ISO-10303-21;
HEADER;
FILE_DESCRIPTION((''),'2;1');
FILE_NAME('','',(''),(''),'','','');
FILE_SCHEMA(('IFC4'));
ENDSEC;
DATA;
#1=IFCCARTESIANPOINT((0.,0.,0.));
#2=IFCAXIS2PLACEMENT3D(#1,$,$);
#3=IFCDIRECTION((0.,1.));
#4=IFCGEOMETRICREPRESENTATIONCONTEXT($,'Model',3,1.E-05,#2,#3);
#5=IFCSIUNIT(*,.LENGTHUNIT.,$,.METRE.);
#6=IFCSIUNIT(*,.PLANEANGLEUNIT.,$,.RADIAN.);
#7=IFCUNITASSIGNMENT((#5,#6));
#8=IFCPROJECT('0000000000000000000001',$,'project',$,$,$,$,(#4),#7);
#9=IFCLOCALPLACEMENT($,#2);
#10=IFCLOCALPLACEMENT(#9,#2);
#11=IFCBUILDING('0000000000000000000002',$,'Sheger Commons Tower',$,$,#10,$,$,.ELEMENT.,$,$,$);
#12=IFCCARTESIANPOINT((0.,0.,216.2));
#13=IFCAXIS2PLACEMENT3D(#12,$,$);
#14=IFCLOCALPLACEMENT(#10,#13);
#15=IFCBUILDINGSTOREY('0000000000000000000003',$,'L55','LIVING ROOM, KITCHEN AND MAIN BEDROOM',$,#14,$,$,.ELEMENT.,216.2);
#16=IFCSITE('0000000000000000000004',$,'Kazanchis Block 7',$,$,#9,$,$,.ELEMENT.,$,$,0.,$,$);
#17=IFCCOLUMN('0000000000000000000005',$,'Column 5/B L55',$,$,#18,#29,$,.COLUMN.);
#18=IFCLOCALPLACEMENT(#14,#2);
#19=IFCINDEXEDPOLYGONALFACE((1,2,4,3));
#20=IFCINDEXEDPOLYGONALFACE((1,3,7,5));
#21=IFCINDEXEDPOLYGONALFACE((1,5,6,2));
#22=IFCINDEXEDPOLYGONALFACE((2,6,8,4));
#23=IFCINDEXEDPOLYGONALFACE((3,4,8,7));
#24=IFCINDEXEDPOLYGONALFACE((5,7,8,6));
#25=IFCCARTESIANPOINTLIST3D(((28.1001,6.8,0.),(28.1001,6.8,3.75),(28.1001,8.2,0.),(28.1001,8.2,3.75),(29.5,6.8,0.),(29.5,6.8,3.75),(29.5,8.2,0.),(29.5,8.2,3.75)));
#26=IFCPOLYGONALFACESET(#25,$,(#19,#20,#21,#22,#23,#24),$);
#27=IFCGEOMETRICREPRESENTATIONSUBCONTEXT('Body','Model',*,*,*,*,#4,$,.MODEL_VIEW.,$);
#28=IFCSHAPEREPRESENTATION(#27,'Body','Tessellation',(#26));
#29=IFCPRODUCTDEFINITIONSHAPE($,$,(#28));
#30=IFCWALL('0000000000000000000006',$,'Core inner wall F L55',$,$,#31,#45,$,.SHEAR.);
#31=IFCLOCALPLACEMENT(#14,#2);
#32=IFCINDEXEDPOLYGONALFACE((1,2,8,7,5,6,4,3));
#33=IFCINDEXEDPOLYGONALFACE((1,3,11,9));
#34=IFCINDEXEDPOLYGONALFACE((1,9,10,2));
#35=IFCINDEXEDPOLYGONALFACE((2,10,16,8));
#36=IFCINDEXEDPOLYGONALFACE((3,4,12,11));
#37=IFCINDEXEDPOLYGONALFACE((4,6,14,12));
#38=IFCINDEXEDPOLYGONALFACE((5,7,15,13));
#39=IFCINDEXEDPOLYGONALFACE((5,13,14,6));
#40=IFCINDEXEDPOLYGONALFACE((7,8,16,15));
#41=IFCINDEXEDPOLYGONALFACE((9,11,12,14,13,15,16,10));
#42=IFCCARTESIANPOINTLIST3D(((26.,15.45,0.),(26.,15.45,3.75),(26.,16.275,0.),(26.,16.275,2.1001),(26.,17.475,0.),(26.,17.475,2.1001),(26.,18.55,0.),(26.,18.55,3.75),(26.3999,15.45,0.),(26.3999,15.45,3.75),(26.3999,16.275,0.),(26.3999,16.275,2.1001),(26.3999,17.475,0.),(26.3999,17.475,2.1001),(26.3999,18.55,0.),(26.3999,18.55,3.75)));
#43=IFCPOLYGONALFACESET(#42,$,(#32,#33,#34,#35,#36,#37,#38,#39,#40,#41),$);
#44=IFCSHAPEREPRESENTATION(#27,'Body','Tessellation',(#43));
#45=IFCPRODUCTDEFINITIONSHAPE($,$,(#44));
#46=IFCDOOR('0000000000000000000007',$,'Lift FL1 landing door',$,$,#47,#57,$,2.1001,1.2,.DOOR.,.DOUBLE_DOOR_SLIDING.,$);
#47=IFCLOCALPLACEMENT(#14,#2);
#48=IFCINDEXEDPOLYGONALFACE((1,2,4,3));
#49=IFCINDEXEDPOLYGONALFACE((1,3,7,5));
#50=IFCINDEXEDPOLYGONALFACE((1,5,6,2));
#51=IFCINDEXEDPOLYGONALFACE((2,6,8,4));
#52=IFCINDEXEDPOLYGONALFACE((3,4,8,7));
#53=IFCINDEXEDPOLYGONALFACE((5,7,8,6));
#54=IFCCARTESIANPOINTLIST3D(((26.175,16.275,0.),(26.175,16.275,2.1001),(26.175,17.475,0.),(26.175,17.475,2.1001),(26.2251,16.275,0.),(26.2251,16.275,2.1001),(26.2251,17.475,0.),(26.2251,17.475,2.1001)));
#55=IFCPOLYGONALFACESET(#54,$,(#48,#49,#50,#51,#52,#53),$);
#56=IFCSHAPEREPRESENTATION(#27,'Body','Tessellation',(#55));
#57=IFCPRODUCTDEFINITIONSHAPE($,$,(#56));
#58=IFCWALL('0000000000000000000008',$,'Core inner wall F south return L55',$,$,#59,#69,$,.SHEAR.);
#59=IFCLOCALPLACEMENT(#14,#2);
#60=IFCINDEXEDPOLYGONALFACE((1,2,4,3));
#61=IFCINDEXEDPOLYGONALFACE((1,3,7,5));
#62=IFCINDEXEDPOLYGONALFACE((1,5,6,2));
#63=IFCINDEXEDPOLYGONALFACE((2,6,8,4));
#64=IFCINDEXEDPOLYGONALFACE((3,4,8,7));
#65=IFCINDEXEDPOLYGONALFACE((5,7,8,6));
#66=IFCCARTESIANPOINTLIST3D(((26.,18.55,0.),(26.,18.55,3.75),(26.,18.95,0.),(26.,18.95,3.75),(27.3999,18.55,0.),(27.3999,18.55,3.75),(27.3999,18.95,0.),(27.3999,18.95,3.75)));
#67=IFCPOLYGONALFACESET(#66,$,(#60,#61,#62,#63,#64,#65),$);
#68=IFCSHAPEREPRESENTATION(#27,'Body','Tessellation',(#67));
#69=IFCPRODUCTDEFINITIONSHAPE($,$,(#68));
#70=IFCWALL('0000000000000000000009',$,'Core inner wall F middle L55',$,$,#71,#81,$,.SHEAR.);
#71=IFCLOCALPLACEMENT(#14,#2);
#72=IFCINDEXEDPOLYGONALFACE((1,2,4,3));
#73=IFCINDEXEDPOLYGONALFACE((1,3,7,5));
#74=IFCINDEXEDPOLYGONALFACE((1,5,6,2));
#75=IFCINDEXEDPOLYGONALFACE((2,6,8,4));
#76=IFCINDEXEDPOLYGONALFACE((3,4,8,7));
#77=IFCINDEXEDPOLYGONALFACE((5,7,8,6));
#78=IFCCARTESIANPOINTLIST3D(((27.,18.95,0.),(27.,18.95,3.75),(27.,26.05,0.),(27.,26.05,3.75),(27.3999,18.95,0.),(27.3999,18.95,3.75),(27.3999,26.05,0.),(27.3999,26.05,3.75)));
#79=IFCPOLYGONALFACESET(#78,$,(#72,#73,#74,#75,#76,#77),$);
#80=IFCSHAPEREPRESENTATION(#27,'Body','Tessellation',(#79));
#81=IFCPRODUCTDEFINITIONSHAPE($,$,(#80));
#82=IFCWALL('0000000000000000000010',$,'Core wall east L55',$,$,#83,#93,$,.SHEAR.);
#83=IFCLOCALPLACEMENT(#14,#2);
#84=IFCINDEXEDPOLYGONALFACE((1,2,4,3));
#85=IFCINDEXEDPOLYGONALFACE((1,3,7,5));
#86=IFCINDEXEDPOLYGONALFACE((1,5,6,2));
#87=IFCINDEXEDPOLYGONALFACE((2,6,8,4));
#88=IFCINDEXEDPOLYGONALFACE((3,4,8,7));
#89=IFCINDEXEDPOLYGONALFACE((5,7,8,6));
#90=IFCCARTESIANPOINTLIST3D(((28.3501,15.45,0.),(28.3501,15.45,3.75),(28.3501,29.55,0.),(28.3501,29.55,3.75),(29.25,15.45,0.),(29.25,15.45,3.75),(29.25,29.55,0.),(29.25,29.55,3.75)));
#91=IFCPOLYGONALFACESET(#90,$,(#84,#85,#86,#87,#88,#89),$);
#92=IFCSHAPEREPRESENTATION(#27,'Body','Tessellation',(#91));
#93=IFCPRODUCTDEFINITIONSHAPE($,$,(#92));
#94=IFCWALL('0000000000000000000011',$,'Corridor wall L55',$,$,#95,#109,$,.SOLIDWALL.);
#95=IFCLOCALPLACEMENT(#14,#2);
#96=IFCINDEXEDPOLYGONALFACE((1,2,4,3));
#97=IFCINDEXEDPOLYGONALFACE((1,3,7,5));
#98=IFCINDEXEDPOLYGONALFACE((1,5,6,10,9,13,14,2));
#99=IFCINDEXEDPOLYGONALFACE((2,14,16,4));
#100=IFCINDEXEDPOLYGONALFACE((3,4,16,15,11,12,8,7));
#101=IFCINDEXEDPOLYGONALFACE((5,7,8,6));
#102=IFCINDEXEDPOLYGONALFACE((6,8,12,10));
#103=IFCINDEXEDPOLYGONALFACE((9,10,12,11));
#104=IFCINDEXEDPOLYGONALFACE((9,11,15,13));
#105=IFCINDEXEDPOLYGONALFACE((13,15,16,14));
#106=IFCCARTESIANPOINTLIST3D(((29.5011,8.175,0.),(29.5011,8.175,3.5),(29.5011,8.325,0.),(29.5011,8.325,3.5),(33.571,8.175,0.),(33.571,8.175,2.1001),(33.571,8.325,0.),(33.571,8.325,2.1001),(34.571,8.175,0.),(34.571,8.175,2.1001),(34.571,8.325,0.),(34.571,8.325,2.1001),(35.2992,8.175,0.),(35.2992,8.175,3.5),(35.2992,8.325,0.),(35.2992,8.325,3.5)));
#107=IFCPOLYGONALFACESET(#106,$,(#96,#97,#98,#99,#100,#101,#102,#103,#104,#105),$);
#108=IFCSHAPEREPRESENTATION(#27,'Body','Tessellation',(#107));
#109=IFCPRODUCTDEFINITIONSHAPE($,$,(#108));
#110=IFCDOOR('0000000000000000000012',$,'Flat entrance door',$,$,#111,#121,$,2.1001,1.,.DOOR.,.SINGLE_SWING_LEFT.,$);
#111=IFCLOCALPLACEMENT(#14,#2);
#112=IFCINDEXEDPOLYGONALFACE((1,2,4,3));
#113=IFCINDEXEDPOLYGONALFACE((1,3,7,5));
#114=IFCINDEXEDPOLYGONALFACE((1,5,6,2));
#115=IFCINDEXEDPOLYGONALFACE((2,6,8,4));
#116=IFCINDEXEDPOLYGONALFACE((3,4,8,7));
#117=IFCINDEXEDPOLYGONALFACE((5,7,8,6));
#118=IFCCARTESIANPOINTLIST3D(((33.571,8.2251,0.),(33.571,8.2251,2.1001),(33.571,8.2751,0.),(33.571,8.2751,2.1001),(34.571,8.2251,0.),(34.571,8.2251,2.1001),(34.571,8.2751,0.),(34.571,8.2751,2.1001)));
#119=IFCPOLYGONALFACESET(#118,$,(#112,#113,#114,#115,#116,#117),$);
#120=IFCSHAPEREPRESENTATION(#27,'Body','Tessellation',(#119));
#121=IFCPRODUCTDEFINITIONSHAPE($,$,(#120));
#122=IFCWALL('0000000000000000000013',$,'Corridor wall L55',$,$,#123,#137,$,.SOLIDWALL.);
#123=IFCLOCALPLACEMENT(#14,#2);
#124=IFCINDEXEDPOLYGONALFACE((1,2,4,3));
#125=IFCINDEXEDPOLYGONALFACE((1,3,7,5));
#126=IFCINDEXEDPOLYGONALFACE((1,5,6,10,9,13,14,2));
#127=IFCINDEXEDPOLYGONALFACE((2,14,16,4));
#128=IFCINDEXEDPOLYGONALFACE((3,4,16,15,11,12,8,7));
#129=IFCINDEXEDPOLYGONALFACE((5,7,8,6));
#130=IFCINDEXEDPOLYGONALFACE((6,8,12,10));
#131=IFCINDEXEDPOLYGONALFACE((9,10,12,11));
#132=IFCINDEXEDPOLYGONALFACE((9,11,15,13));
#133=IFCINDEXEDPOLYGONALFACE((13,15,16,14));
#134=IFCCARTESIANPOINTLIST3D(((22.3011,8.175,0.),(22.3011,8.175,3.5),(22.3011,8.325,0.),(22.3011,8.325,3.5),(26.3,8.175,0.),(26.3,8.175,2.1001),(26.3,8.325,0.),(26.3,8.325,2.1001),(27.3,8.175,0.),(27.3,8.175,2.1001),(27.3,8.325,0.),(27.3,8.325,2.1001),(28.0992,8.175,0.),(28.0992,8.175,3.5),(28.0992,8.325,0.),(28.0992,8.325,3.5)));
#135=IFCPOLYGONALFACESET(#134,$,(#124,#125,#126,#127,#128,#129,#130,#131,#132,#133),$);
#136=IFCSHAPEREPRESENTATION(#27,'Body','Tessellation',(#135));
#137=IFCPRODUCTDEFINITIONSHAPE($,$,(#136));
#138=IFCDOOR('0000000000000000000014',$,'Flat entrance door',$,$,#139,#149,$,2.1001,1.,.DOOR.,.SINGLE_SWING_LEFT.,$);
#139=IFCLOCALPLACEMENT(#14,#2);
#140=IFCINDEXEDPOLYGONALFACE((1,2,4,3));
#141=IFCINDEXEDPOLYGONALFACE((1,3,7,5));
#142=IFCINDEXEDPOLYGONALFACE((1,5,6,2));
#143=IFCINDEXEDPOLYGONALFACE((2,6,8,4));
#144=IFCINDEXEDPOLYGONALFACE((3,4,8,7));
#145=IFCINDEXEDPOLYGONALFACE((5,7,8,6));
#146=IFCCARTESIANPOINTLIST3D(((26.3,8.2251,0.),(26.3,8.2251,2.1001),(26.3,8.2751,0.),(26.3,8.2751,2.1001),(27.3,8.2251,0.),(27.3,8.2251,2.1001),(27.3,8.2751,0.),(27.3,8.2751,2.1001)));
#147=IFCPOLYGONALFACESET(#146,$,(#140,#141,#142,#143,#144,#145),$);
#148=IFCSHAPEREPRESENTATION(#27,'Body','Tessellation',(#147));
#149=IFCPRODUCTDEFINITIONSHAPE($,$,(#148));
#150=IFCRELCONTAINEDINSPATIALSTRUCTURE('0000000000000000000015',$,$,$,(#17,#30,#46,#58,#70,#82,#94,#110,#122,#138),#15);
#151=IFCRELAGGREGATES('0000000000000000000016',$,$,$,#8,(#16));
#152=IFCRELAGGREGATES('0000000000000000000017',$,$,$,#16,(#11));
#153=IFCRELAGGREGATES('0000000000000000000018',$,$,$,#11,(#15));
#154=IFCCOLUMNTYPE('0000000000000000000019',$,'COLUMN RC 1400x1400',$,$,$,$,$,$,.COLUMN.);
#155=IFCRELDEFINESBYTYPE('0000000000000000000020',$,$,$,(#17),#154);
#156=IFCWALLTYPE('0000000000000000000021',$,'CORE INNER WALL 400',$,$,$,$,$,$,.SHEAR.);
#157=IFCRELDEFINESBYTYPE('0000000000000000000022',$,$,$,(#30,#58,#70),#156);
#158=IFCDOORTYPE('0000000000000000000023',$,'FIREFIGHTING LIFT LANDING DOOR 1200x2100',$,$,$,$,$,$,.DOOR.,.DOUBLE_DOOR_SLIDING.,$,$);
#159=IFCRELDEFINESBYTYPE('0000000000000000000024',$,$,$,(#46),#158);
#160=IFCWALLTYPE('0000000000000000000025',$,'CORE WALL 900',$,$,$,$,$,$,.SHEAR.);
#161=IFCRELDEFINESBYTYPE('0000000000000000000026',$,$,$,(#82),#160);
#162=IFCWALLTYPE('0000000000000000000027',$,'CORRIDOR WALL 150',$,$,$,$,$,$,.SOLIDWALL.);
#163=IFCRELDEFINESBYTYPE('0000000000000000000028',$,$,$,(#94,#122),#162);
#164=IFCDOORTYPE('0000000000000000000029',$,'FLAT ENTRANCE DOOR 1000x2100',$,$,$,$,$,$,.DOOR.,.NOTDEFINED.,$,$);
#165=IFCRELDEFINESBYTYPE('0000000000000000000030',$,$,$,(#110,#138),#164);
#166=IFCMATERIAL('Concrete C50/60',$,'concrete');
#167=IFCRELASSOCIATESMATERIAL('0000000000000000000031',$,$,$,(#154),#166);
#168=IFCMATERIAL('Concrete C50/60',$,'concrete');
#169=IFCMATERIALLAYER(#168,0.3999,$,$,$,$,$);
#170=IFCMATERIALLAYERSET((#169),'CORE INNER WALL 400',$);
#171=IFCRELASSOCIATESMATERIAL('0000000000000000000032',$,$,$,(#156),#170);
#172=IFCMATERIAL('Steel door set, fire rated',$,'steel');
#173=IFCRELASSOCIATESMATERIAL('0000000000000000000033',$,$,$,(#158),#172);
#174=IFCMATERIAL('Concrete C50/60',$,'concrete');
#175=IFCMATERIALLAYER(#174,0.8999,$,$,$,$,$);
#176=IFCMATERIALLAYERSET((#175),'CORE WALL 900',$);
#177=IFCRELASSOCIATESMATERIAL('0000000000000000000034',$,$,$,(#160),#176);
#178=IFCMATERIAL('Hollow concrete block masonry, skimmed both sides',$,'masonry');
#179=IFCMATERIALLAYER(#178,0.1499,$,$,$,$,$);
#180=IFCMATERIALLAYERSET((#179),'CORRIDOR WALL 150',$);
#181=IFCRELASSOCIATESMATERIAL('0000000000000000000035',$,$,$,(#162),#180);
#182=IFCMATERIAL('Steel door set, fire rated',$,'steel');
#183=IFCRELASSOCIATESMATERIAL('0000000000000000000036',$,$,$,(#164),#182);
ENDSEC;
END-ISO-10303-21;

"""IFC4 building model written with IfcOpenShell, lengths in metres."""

from ifc_helpers import new_model, si_unit, direction, frame, frame_2d, origin, origin_2d, place, context, subcontext, project, spatial, rectangle, extrude, material, layer, layer_set, material_profile, profile_set, type_object, element, fill, save


model = new_model("IFC4")

# Units and contexts
model_context = context("Model", 3, precision=1e-05, world=origin(), true_north=direction((0.0, 1.0)))
body_context = subcontext(model_context, "Body", "Model", "MODEL_VIEW")
ifc_project = project(units=[si_unit("LENGTHUNIT", "METRE"), si_unit("PLANEANGLEUNIT", "RADIAN")], contexts=[model_context])

# Site, building, storey
site_placement = place(None, origin())
site = spatial("IfcSite", under=ifc_project, at=site_placement, Name="Kazanchis Block 7", CompositionType="ELEMENT", RefElevation=0.0)
building_placement = place(site_placement, origin())
building = spatial("IfcBuilding", under=site, at=building_placement, Name="Sheger Commons Tower", CompositionType="ELEMENT")
storey_placement = place(building_placement, frame((0.0, 0.0, 216.2)))
storey = spatial("IfcBuildingStorey", under=building, at=storey_placement, Name="L55", Description="LIVING ROOM, KITCHEN AND MAIN BEDROOM", CompositionType="ELEMENT", Elevation=216.2)

# Column
ifc_material_1 = material(Name="Concrete C50/60", Category="concrete")
ifc_material_profile = material_profile(ifc_material_1, rectangle(XDim=1.3999, YDim=1.3999, at=origin_2d()), Name="RC 1400x1400")
ifc_profile_set = profile_set([ifc_material_profile], Name="Concrete C50/60")
column_type = type_object("IfcColumnType", Name="COLUMN RC 1400x1400", PredefinedType="COLUMN", material=ifc_profile_set)
column_placement = place(storey_placement, frame((28.8, 7.5, 0.0), z_axis=(0.0, 0.0, 1.0), x_axis=(1.0, 0.0, 0.0)))
element("IfcColumn", 1, at=column_placement, inside=storey, type_object=column_type, Name="Column 5/B L55", PredefinedType="COLUMN", context=body_context, shape_type="SweptSolid", body=[
    extrude(rectangle(XDim=1.3999, YDim=1.3999, at=origin_2d()), origin(), (0.0, 0.0, 1.0), 3.75),
])

# Wall, opening, door
ifc_material_2 = material(Name="Concrete C50/60", Category="concrete")
ifc_layer_1 = layer(ifc_material_2, 0.3999)
ifc_layer_set_1 = layer_set([ifc_layer_1], Name="CORE INNER WALL 400")
wall_type_1 = type_object("IfcWallType", Name="CORE INNER WALL 400", PredefinedType="SHEAR", material=ifc_layer_set_1)
wall_1_placement = place(storey_placement, frame((26.2, 15.45, 0.0), z_axis=(0.0, 0.0, 1.0), x_axis=(0.0, 1.0, 0.0)))
wall_1 = element("IfcWall", 2, at=wall_1_placement, inside=storey, type_object=wall_type_1, Name="Core inner wall F L55", PredefinedType="SHEAR", context=body_context, shape_type="SweptSolid", body=[
    extrude(rectangle(XDim=3.1001, YDim=0.3999, at=frame_2d((1.55, 0.0))), origin(), (0.0, 0.0, 1.0), 3.75),
])
opening_1_placement = place(wall_1_placement, frame((0.825, 0.0, 0.0)))
opening_1 = element("IfcOpeningElement", 3, at=opening_1_placement, cuts=wall_1, PredefinedType="OPENING", context=body_context, shape_type="SweptSolid", body=[
    extrude(rectangle(XDim=1.2, YDim=2.1001, at=frame_2d((0.6001, 1.05))), frame((0.0, 0.21, 0.0), z_axis=(0.0, -1.0, 0.0), x_axis=(1.0, 0.0, 0.0)), (0.0, 0.0, 1.0), 0.4199),
])
ifc_material_3 = material(Name="Steel door set, fire rated", Category="steel")
door_type_1 = type_object("IfcDoorType", Name="FIREFIGHTING LIFT LANDING DOOR 1200x2100", OperationType="DOUBLE_DOOR_SLIDING", PredefinedType="DOOR", material=ifc_material_3)
door_1_placement = place(opening_1_placement, origin())
door_1 = element("IfcDoor", 4, at=door_1_placement, inside=storey, type_object=door_type_1, Name="Lift FL1 landing door", OperationType="DOUBLE_DOOR_SLIDING", OverallHeight=2.1001, OverallWidth=1.2, PredefinedType="DOOR", context=body_context, shape_type="SweptSolid", body=[
    extrude(rectangle(XDim=1.2, YDim=2.1001, at=frame_2d((0.6001, 1.05))), frame((0.0, 0.0249, 0.0), z_axis=(0.0, -1.0, 0.0), x_axis=(1.0, 0.0, 0.0)), (0.0, 0.0, 1.0), 0.05),
])
fill(opening_1, door_1)

# Walls
wall_2_placement = place(storey_placement, frame((26.0, 18.75, 0.0), z_axis=(0.0, 0.0, 1.0), x_axis=(1.0, 0.0, 0.0)))
element("IfcWall", 5, at=wall_2_placement, inside=storey, type_object=wall_type_1, Name="Core inner wall F south return L55", PredefinedType="SHEAR", context=body_context, shape_type="SweptSolid", body=[
    extrude(rectangle(XDim=1.3999, YDim=0.3999, at=frame_2d((0.7, 0.0))), origin(), (0.0, 0.0, 1.0), 3.75),
])
wall_3_placement = place(storey_placement, frame((27.2, 18.95, 0.0), z_axis=(0.0, 0.0, 1.0), x_axis=(0.0, 1.0, 0.0)))
element("IfcWall", 6, at=wall_3_placement, inside=storey, type_object=wall_type_1, Name="Core inner wall F middle L55", PredefinedType="SHEAR", context=body_context, shape_type="SweptSolid", body=[
    extrude(rectangle(XDim=7.1001, YDim=0.3999, at=frame_2d((3.55, 0.0))), origin(), (0.0, 0.0, 1.0), 3.75),
])
ifc_material_4 = material(Name="Concrete C50/60", Category="concrete")
ifc_layer_2 = layer(ifc_material_4, 0.8999)
ifc_layer_set_2 = layer_set([ifc_layer_2], Name="CORE WALL 900")
wall_type_2 = type_object("IfcWallType", Name="CORE WALL 900", PredefinedType="SHEAR", material=ifc_layer_set_2)
wall_4_placement = place(storey_placement, frame((28.8, 15.45, 0.0), z_axis=(0.0, 0.0, 1.0), x_axis=(0.0, 1.0, 0.0)))
element("IfcWall", 7, at=wall_4_placement, inside=storey, type_object=wall_type_2, Name="Core wall east L55", PredefinedType="SHEAR", context=body_context, shape_type="SweptSolid", body=[
    extrude(rectangle(XDim=14.1001, YDim=0.8999, at=frame_2d((7.05, 0.0))), origin(), (0.0, 0.0, 1.0), 3.75),
])

# Walls, openings, doors
ifc_material_5 = material(Name="Hollow concrete block masonry, skimmed both sides", Category="masonry")
ifc_layer_3 = layer(ifc_material_5, 0.1499)
ifc_layer_set_3 = layer_set([ifc_layer_3], Name="CORRIDOR WALL 150")
wall_type_3 = type_object("IfcWallType", Name="CORRIDOR WALL 150", PredefinedType="SOLIDWALL", material=ifc_layer_set_3)
wall_5_placement = place(storey_placement, frame((35.2991, 8.25, 0.0), z_axis=(0.0, 0.0, 1.0), x_axis=(-1.0, 0.0, 0.0)))
wall_5 = element("IfcWall", 8, at=wall_5_placement, inside=storey, type_object=wall_type_3, Name="Corridor wall L55", PredefinedType="SOLIDWALL", context=body_context, shape_type="SweptSolid", body=[
    extrude(rectangle(XDim=5.7981, YDim=0.1499, at=frame_2d((2.8989, 0.0))), origin(), (0.0, 0.0, 1.0), 3.5),
])
opening_2_placement = place(wall_5_placement, frame((0.728, 0.0, 0.0)))
opening_2 = element("IfcOpeningElement", 9, at=opening_2_placement, cuts=wall_5, PredefinedType="OPENING", context=body_context, shape_type="SweptSolid", body=[
    extrude(rectangle(XDim=1.0, YDim=2.1001, at=frame_2d((0.5, 1.05))), frame((0.0, 0.085, 0.0), z_axis=(0.0, -1.0, 0.0), x_axis=(1.0, 0.0, 0.0)), (0.0, 0.0, 1.0), 0.1699),
])
ifc_material_6 = material(Name="Steel door set, fire rated", Category="steel")
door_type_2 = type_object("IfcDoorType", Name="FLAT ENTRANCE DOOR 1000x2100", OperationType="NOTDEFINED", PredefinedType="DOOR", material=ifc_material_6)
door_2_placement = place(opening_2_placement, origin())
door_2 = element("IfcDoor", 10, at=door_2_placement, inside=storey, type_object=door_type_2, Name="Flat entrance door", OperationType="SINGLE_SWING_LEFT", OverallHeight=2.1001, OverallWidth=1.0, PredefinedType="DOOR", context=body_context, shape_type="SweptSolid", body=[
    extrude(rectangle(XDim=1.0, YDim=2.1001, at=frame_2d((0.5, 1.05))), frame((0.0, 0.0249, 0.0), z_axis=(0.0, -1.0, 0.0), x_axis=(1.0, 0.0, 0.0)), (0.0, 0.0, 1.0), 0.05),
])
fill(opening_2, door_2)
wall_6_placement = place(storey_placement, frame((28.0991, 8.25, 0.0), z_axis=(0.0, 0.0, 1.0), x_axis=(-1.0, 0.0, 0.0)))
wall_6 = element("IfcWall", 11, at=wall_6_placement, inside=storey, type_object=wall_type_3, Name="Corridor wall L55", PredefinedType="SOLIDWALL", context=body_context, shape_type="SweptSolid", body=[
    extrude(rectangle(XDim=5.7981, YDim=0.1499, at=frame_2d((2.8989, 0.0))), origin(), (0.0, 0.0, 1.0), 3.5),
])
opening_3_placement = place(wall_6_placement, frame((0.7991, 0.0, 0.0)))
opening_3 = element("IfcOpeningElement", 12, at=opening_3_placement, cuts=wall_6, PredefinedType="OPENING", context=body_context, shape_type="SweptSolid", body=[
    extrude(rectangle(XDim=1.0, YDim=2.1001, at=frame_2d((0.5, 1.05))), frame((0.0, 0.085, 0.0), z_axis=(0.0, -1.0, 0.0), x_axis=(1.0, 0.0, 0.0)), (0.0, 0.0, 1.0), 0.1699),
])
door_3_placement = place(opening_3_placement, origin())
door_3 = element("IfcDoor", 13, at=door_3_placement, inside=storey, type_object=door_type_2, Name="Flat entrance door", OperationType="SINGLE_SWING_LEFT", OverallHeight=2.1001, OverallWidth=1.0, PredefinedType="DOOR", context=body_context, shape_type="SweptSolid", body=[
    extrude(rectangle(XDim=1.0, YDim=2.1001, at=frame_2d((0.5, 1.05))), frame((0.0, 0.0249, 0.0), z_axis=(0.0, -1.0, 0.0), x_axis=(1.0, 0.0, 0.0)), (0.0, 0.0, 1.0), 0.05),
])
fill(opening_3, door_3)

save(model, "model.ifc")
